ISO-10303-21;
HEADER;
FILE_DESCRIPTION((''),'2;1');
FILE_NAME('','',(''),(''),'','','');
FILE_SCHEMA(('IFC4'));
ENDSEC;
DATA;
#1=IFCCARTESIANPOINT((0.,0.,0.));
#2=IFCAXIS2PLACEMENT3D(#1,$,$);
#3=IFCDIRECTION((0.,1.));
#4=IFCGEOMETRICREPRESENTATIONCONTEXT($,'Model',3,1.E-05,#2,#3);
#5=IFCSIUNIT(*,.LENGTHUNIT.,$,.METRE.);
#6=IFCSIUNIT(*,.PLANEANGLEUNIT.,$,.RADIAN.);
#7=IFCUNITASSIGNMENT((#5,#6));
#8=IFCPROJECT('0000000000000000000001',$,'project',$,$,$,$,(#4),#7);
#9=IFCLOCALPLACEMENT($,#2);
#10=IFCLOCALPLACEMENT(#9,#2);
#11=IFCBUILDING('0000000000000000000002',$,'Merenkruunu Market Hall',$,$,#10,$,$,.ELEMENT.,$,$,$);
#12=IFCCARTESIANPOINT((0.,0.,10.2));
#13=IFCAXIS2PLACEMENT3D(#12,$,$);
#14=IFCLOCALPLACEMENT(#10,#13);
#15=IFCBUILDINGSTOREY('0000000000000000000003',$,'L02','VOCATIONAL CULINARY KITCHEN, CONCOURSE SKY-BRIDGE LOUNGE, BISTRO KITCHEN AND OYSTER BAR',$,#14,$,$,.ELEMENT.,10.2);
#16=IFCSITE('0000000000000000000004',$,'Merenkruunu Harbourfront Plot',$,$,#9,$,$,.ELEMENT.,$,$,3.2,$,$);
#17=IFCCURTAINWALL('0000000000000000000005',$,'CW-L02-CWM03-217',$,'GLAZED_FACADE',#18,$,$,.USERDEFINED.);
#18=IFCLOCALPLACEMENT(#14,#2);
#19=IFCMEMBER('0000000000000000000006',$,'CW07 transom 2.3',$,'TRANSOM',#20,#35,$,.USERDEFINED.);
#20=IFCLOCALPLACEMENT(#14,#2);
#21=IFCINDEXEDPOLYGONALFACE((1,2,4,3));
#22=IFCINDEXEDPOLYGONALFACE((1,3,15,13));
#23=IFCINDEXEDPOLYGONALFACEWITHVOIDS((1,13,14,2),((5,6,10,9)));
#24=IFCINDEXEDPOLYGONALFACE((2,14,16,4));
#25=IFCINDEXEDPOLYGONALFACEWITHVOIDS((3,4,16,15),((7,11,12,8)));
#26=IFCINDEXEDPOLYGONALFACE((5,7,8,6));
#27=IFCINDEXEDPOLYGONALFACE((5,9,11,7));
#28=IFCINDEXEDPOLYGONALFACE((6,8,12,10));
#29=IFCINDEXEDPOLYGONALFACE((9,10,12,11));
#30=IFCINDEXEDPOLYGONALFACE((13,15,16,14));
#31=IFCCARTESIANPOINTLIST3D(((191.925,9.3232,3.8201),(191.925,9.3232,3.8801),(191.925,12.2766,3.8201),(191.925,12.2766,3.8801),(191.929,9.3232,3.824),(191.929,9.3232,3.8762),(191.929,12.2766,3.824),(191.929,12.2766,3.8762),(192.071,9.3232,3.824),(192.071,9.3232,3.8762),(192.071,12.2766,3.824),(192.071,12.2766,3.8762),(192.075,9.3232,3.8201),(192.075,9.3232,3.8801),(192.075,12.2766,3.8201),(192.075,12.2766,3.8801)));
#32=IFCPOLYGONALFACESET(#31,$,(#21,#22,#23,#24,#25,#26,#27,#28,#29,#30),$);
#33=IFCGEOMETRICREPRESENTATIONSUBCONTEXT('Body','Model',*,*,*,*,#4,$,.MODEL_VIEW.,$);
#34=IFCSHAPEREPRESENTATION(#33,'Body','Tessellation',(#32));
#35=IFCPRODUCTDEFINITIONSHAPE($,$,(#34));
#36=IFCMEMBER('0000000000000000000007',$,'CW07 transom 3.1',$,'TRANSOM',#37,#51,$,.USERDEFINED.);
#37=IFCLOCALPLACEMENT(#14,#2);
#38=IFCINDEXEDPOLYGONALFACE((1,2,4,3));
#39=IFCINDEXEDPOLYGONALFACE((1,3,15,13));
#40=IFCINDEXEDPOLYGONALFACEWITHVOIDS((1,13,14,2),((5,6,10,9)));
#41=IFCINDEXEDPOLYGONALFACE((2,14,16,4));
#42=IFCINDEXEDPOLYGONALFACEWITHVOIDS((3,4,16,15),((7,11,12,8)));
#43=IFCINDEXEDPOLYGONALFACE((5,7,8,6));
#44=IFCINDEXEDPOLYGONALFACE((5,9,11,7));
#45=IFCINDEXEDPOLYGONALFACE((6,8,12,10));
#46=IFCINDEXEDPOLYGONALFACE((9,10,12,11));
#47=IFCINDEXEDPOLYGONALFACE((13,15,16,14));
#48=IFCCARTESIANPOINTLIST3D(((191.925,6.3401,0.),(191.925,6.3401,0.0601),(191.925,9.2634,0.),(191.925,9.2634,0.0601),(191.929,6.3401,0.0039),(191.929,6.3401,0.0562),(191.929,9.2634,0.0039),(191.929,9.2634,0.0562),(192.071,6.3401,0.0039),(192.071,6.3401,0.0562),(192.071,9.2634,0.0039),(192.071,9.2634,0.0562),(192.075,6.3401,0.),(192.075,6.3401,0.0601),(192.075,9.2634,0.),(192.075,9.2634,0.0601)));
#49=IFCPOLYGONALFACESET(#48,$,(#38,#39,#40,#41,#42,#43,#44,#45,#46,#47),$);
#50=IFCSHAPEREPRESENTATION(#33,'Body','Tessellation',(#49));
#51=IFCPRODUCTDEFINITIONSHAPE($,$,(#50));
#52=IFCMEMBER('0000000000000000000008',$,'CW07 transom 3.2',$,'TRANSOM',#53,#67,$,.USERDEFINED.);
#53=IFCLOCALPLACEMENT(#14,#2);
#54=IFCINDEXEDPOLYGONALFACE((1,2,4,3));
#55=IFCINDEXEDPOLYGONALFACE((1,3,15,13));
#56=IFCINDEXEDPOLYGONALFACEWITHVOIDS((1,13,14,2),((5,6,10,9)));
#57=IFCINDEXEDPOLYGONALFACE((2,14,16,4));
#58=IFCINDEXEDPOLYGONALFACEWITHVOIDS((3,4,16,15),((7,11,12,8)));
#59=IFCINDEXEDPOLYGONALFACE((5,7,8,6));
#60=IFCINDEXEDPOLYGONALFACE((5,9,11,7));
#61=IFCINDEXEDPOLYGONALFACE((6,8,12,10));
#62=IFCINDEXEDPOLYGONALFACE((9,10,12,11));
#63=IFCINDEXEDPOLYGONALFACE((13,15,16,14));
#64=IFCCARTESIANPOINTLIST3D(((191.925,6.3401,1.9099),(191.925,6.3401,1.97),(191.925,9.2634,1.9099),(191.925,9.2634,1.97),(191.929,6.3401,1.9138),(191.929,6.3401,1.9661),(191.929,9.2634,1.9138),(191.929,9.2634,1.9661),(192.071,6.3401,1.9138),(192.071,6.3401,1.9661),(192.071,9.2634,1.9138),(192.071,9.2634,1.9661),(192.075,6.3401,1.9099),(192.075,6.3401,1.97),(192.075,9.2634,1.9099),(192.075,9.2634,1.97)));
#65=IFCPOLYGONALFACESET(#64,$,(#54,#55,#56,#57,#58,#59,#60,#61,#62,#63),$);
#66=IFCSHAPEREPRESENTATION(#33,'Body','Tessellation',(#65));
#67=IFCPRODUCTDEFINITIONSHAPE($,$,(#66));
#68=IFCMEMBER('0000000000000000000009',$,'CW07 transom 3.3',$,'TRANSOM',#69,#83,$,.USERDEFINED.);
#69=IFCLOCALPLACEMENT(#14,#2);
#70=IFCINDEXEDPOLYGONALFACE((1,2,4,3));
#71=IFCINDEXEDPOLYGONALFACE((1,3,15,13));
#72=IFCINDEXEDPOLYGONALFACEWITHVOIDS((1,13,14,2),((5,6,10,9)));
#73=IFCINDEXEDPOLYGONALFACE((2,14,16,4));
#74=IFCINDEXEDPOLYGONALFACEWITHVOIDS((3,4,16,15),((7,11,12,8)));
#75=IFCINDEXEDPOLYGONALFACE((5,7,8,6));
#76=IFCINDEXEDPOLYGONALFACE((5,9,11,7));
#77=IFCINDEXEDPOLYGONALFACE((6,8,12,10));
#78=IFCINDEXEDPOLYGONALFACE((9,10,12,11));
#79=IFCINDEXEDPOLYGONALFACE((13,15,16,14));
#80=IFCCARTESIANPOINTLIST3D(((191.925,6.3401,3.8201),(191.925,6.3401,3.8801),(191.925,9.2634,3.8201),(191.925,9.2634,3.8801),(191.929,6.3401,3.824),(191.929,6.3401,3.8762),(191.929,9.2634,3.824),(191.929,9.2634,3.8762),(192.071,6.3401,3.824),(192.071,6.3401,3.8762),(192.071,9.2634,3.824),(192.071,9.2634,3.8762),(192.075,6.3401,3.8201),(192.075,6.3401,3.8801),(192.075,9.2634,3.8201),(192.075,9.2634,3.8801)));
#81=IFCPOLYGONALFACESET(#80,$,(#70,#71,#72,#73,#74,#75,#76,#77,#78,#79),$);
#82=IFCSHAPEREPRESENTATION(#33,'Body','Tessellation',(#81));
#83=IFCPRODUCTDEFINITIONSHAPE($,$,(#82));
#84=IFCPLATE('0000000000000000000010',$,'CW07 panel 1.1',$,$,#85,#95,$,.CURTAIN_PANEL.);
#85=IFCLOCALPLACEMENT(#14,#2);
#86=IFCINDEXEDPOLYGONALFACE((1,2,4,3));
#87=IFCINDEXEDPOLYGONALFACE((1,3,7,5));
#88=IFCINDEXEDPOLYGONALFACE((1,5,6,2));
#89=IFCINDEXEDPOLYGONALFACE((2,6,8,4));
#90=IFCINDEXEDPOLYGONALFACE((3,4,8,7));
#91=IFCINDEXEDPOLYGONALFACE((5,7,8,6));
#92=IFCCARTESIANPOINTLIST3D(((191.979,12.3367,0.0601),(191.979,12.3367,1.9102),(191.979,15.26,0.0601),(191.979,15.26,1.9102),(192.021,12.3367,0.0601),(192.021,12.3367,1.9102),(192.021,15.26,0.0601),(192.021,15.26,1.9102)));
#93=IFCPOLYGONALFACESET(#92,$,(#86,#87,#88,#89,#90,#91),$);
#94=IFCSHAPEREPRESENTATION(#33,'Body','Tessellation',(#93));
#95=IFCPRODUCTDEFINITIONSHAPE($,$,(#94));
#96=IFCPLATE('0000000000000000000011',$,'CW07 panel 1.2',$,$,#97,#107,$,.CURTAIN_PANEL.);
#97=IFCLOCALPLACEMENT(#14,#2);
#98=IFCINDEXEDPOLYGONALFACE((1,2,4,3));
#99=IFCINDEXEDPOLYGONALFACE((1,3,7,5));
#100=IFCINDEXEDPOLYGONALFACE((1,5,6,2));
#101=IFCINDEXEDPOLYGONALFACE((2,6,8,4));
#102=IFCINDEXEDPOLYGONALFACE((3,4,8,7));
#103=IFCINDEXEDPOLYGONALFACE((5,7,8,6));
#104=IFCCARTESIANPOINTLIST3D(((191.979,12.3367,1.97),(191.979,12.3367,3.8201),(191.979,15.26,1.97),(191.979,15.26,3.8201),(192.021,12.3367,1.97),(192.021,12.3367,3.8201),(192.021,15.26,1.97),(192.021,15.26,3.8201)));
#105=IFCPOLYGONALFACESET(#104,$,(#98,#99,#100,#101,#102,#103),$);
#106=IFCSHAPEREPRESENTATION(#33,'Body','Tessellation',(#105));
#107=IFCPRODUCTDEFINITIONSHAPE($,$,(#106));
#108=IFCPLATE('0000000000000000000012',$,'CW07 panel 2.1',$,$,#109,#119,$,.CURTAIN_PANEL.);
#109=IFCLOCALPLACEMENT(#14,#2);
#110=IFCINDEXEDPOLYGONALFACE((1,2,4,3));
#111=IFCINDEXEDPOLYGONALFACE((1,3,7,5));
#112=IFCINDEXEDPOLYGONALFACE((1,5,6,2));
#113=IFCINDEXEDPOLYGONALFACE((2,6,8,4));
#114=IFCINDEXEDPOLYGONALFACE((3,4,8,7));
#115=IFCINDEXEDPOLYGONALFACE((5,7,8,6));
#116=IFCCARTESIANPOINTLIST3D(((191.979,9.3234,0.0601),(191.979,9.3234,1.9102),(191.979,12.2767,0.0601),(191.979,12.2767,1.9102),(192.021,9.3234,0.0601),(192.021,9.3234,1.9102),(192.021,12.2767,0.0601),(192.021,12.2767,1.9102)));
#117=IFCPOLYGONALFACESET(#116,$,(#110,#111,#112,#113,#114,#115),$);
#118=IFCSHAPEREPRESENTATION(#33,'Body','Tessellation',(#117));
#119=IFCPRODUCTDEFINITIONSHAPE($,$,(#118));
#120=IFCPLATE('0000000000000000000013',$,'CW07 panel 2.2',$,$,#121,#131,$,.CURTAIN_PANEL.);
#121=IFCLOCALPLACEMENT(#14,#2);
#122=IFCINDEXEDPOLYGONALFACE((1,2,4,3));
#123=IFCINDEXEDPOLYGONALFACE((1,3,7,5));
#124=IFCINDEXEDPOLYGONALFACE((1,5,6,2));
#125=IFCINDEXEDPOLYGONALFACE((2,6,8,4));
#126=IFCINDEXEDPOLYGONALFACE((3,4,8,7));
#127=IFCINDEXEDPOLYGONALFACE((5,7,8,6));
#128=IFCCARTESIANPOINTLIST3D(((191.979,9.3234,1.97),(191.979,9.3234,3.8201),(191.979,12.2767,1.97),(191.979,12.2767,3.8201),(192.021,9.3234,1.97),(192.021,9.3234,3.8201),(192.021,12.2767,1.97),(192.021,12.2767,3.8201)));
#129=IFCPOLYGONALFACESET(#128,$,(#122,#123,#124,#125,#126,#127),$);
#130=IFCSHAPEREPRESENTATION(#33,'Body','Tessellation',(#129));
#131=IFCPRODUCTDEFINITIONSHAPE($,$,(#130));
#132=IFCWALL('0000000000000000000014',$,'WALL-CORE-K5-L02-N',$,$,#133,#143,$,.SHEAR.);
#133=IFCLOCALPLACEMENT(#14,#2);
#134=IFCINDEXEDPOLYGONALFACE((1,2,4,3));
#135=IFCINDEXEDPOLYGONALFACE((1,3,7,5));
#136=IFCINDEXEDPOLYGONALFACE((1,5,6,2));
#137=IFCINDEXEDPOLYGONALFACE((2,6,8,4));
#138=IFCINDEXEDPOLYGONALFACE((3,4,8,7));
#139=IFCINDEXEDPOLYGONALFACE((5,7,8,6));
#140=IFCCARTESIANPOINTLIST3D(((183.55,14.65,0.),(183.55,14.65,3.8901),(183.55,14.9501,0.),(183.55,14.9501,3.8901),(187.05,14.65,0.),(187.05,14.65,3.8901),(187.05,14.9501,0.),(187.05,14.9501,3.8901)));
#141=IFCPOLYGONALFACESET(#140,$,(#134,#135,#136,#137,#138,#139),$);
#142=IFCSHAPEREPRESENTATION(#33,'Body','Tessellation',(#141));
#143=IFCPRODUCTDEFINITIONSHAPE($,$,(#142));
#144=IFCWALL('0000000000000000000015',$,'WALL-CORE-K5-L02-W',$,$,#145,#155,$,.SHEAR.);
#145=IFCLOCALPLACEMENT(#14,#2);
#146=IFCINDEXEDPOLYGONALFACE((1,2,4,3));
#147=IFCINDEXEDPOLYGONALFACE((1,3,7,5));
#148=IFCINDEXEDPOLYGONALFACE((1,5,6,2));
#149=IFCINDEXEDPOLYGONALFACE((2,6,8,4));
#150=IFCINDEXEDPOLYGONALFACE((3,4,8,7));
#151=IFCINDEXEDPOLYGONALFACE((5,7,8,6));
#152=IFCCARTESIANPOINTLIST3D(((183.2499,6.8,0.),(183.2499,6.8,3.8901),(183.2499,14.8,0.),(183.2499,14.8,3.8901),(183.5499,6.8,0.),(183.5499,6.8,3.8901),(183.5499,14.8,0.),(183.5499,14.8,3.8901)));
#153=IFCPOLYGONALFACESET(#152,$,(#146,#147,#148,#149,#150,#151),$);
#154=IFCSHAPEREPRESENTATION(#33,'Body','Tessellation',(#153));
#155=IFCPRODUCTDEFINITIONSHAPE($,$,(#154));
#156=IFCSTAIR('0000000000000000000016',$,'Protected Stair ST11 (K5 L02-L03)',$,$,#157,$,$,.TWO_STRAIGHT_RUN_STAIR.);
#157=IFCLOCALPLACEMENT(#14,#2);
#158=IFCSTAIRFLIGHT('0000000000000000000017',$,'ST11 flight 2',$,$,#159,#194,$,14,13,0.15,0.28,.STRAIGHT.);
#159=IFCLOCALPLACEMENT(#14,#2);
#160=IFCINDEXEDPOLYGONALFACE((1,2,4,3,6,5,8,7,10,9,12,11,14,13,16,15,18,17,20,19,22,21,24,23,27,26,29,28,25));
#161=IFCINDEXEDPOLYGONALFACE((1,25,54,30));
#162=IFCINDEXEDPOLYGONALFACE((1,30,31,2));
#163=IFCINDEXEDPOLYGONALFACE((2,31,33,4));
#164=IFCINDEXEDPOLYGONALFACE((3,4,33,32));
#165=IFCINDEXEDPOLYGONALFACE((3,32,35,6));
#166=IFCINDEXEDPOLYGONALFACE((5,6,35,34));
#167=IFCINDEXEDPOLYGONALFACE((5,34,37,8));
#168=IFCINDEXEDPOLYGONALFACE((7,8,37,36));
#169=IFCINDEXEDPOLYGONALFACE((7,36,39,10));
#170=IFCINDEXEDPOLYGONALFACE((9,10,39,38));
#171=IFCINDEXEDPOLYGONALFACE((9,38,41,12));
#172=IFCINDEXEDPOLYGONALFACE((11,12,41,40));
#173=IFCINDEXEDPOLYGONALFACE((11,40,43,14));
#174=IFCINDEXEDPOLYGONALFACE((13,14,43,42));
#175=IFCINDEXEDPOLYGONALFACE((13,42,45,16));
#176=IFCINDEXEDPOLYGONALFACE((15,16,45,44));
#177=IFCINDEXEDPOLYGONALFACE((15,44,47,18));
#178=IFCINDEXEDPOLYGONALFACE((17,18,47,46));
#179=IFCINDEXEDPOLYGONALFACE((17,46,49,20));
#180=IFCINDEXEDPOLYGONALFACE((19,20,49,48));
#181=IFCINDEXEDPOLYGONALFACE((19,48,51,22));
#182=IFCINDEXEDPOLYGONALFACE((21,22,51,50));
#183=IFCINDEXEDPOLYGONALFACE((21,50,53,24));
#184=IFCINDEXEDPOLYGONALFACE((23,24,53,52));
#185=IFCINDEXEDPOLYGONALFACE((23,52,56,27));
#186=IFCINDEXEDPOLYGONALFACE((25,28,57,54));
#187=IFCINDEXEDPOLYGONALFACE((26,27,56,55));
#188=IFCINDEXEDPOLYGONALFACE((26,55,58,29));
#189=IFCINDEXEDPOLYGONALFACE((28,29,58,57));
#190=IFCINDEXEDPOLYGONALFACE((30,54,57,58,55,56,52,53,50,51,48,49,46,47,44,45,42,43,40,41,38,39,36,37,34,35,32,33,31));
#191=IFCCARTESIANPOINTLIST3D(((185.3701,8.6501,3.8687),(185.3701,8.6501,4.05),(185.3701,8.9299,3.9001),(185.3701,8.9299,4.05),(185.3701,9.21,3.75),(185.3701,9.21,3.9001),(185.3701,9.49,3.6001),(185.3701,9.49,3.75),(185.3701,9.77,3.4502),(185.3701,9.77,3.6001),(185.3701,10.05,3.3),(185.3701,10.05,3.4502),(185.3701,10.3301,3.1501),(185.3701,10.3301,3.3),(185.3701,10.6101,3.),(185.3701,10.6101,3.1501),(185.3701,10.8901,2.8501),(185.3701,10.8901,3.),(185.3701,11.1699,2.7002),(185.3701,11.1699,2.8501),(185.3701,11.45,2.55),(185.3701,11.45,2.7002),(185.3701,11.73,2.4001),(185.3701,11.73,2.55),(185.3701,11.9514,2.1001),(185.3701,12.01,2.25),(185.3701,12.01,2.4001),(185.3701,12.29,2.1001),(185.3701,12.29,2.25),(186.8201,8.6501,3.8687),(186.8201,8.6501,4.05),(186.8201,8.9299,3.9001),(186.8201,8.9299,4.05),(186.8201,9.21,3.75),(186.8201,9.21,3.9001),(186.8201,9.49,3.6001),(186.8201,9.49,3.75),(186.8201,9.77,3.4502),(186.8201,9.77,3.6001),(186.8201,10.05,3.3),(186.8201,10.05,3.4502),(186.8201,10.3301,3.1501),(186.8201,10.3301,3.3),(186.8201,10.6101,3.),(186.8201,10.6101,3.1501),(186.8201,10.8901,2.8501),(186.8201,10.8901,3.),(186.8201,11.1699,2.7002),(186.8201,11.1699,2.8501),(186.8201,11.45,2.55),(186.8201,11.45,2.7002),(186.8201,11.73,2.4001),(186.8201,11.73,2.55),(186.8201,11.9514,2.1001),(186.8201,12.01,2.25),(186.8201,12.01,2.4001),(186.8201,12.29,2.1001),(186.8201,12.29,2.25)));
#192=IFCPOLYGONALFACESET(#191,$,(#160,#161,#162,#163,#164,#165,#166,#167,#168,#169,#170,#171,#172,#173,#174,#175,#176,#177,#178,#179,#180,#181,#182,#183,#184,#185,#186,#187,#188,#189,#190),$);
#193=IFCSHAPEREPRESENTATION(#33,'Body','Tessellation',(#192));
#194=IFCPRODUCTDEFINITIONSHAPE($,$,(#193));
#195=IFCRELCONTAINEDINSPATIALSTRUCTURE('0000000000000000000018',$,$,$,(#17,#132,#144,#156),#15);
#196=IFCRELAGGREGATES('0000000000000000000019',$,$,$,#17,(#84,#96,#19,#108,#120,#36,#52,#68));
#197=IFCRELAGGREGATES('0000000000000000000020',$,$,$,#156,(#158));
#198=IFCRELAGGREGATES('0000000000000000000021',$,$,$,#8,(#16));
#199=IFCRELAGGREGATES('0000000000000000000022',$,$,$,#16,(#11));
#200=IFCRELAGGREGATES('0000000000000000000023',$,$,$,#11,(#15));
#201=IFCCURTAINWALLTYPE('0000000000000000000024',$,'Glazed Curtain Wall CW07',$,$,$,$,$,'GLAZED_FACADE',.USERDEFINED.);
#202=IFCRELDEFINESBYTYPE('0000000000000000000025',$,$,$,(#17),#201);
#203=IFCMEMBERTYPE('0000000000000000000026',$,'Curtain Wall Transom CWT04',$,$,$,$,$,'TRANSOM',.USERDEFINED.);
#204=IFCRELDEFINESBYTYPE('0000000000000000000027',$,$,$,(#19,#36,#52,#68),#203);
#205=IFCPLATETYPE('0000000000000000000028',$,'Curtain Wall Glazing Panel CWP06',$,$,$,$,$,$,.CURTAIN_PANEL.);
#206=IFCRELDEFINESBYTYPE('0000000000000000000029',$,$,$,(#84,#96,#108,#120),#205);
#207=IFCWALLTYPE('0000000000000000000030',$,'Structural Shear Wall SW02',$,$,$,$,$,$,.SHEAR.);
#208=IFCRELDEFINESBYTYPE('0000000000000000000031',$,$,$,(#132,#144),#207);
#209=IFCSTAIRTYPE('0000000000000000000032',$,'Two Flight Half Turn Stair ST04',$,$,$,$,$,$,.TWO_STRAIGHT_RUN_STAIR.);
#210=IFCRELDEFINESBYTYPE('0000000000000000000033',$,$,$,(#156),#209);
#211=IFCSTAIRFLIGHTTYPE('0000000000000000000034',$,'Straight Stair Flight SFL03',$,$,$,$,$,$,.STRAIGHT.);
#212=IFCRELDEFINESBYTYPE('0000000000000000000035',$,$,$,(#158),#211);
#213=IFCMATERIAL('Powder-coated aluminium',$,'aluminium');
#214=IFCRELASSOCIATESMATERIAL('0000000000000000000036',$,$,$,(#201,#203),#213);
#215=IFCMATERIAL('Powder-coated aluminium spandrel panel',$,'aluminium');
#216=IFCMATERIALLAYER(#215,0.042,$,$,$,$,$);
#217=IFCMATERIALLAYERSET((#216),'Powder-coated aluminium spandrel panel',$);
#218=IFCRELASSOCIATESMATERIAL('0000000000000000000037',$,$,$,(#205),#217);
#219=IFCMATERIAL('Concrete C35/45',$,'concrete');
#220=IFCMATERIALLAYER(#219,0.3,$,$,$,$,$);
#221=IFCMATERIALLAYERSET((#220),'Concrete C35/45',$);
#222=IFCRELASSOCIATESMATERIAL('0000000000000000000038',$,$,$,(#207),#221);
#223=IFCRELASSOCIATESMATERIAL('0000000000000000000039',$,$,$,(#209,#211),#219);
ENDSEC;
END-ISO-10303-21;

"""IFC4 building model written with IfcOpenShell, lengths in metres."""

from ifc_helpers import new_model, si_unit, direction, frame, frame_2d, origin, origin_2d, place, context, subcontext, project, spatial, polyline, rectangle, hollow_rectangle, outline, extrude, material, layer, layer_set, material_profile, profile_set, type_object, element, aggregate, save


model = new_model("IFC4")

# Units and contexts
model_context = context("Model", 3, precision=1e-05, world=origin(), true_north=direction((0.0, 1.0)))
body_context = subcontext(model_context, "Body", "Model", "MODEL_VIEW")
ifc_project = project(units=[si_unit("LENGTHUNIT", "METRE"), si_unit("PLANEANGLEUNIT", "RADIAN")], contexts=[model_context])

# Site, building, storey
site_placement = place(None, origin())
site = spatial("IfcSite", under=ifc_project, at=site_placement, Name="Merenkruunu Harbourfront Plot", CompositionType="ELEMENT", RefElevation=3.2)
building_placement = place(site_placement, origin())
building = spatial("IfcBuilding", under=site, at=building_placement, Name="Merenkruunu Market Hall", CompositionType="ELEMENT")
storey_placement = place(building_placement, frame((0.0, 0.0, 10.2)))
storey = spatial("IfcBuildingStorey", under=building, at=storey_placement, Name="L02", Description="VOCATIONAL CULINARY KITCHEN, CONCOURSE SKY-BRIDGE LOUNGE, BISTRO KITCHEN AND OYSTER BAR", CompositionType="ELEMENT", Elevation=10.2)

# Curtain wall, members, plates
ifc_material_1 = material(Name="Powder-coated aluminium", Category="aluminium")
curtain_wall_type = type_object("IfcCurtainWallType", Name="Glazed Curtain Wall CW07", ElementType="GLAZED_FACADE", PredefinedType="USERDEFINED", material=ifc_material_1)
curtain_wall_placement = place(storey_placement, origin())
curtain_wall = element("IfcCurtainWall", 1, at=curtain_wall_placement, inside=storey, type_object=curtain_wall_type, Name="CW-L02-CWM03-217", ObjectType="GLAZED_FACADE", PredefinedType="USERDEFINED")
ifc_material_profile_1 = material_profile(ifc_material_1, hollow_rectangle(XDim=0.0601, YDim=0.1499, WallThickness=0.0039, at=origin_2d()), Name="ALU 60x150x4")
ifc_profile_set_1 = profile_set([ifc_material_profile_1], Name="Powder-coated aluminium")
member_type_1 = type_object("IfcMemberType", Name="Curtain Wall Transom CWT04", ElementType="TRANSOM", PredefinedType="USERDEFINED", material=ifc_profile_set_1)
member_1_placement = place(storey_placement, frame((192.0, 12.2766, 3.8501), z_axis=(0.0, -1.0, 0.0), x_axis=(0.0, 0.0, 1.0)))
member_1 = element("IfcMember", 2, at=member_1_placement, type_object=member_type_1, Name="CW07 transom 2.3", ObjectType="TRANSOM", PredefinedType="USERDEFINED", context=body_context, shape_type="SweptSolid", body=[
    extrude(hollow_rectangle(XDim=0.0601, YDim=0.1499, WallThickness=0.0039, at=origin_2d()), origin(), (0.0, 0.0, 1.0), 2.9534),
])
member_2_placement = place(storey_placement, frame((192.0, 9.2634, 0.03), z_axis=(0.0, -1.0, 0.0), x_axis=(0.0, 0.0, 1.0)))
member_2 = element("IfcMember", 3, at=member_2_placement, type_object=member_type_1, Name="CW07 transom 3.1", ObjectType="TRANSOM", PredefinedType="USERDEFINED", context=body_context, shape_type="SweptSolid", body=[
    extrude(hollow_rectangle(XDim=0.0601, YDim=0.1499, WallThickness=0.0039, at=origin_2d()), origin(), (0.0, 0.0, 1.0), 2.9233),
])
member_3_placement = place(storey_placement, frame((192.0, 9.2634, 1.9399), z_axis=(0.0, -1.0, 0.0), x_axis=(0.0, 0.0, 1.0)))
member_3 = element("IfcMember", 4, at=member_3_placement, type_object=member_type_1, Name="CW07 transom 3.2", ObjectType="TRANSOM", PredefinedType="USERDEFINED", context=body_context, shape_type="SweptSolid", body=[
    extrude(hollow_rectangle(XDim=0.0601, YDim=0.1499, WallThickness=0.0039, at=origin_2d()), origin(), (0.0, 0.0, 1.0), 2.9233),
])
member_4_placement = place(storey_placement, frame((192.0, 9.2634, 3.8501), z_axis=(0.0, -1.0, 0.0), x_axis=(0.0, 0.0, 1.0)))
member_4 = element("IfcMember", 5, at=member_4_placement, type_object=member_type_1, Name="CW07 transom 3.3", ObjectType="TRANSOM", PredefinedType="USERDEFINED", context=body_context, shape_type="SweptSolid", body=[
    extrude(hollow_rectangle(XDim=0.0601, YDim=0.1499, WallThickness=0.0039, at=origin_2d()), origin(), (0.0, 0.0, 1.0), 2.9233),
])
ifc_material_2 = material(Name="Powder-coated aluminium spandrel panel", Category="aluminium")
ifc_layer_1 = layer(ifc_material_2, 0.042)
ifc_layer_set_1 = layer_set([ifc_layer_1], Name="Powder-coated aluminium spandrel panel")
plate_type = type_object("IfcPlateType", Name="Curtain Wall Glazing Panel CWP06", PredefinedType="CURTAIN_PANEL", material=ifc_layer_set_1)
plate_1_placement = place(storey_placement, frame((192.0, 13.7983, 0.0601), z_axis=(0.0, 0.0, 1.0), x_axis=(0.0, -1.0, 0.0)))
plate_1 = element("IfcPlate", 6, at=plate_1_placement, type_object=plate_type, Name="CW07 panel 1.1", PredefinedType="CURTAIN_PANEL", context=body_context, shape_type="SweptSolid", body=[
    extrude(rectangle(XDim=2.9233, YDim=0.042, at=origin_2d()), origin(), (0.0, 0.0, 1.0), 1.8501),
])
plate_2_placement = place(storey_placement, frame((192.0, 13.7983, 1.97), z_axis=(0.0, 0.0, 1.0), x_axis=(0.0, -1.0, 0.0)))
plate_2 = element("IfcPlate", 7, at=plate_2_placement, type_object=plate_type, Name="CW07 panel 1.2", PredefinedType="CURTAIN_PANEL", context=body_context, shape_type="SweptSolid", body=[
    extrude(rectangle(XDim=2.9233, YDim=0.042, at=origin_2d()), origin(), (0.0, 0.0, 1.0), 1.8501),
])
plate_3_placement = place(storey_placement, frame((192.0, 10.8, 0.0601), z_axis=(0.0, 0.0, 1.0), x_axis=(0.0, -1.0, 0.0)))
plate_3 = element("IfcPlate", 8, at=plate_3_placement, type_object=plate_type, Name="CW07 panel 2.1", PredefinedType="CURTAIN_PANEL", context=body_context, shape_type="SweptSolid", body=[
    extrude(rectangle(XDim=2.9534, YDim=0.042, at=origin_2d()), origin(), (0.0, 0.0, 1.0), 1.8501),
])
plate_4_placement = place(storey_placement, frame((192.0, 10.8, 1.97), z_axis=(0.0, 0.0, 1.0), x_axis=(0.0, -1.0, 0.0)))
plate_4 = element("IfcPlate", 9, at=plate_4_placement, type_object=plate_type, Name="CW07 panel 2.2", PredefinedType="CURTAIN_PANEL", context=body_context, shape_type="SweptSolid", body=[
    extrude(rectangle(XDim=2.9534, YDim=0.042, at=origin_2d()), origin(), (0.0, 0.0, 1.0), 1.8501),
])
aggregate(curtain_wall, [plate_1, plate_2, member_1, plate_3, plate_4, member_2, member_3, member_4])

# Walls
ifc_material_3 = material(Name="Concrete C35/45", Category="concrete")
ifc_layer_2 = layer(ifc_material_3, 0.3)
ifc_layer_set_2 = layer_set([ifc_layer_2], Name="Concrete C35/45")
wall_type = type_object("IfcWallType", Name="Structural Shear Wall SW02", PredefinedType="SHEAR", material=ifc_layer_set_2)
wall_1_placement = place(storey_placement, frame((187.05, 14.8, 0.0), z_axis=(0.0, 0.0, 1.0), x_axis=(-1.0, 0.0, 0.0)))
element("IfcWall", 10, at=wall_1_placement, inside=storey, type_object=wall_type, Name="WALL-CORE-K5-L02-N", PredefinedType="SHEAR", context=body_context, shape_type="SweptSolid", body=[
    extrude(rectangle(XDim=3.5, YDim=0.3, at=frame_2d((1.75, 0.0))), origin(), (0.0, 0.0, 1.0), 3.8901),
])
wall_2_placement = place(storey_placement, frame((183.3999, 14.8, 0.0), z_axis=(0.0, 0.0, 1.0), x_axis=(0.0, -1.0, 0.0)))
element("IfcWall", 11, at=wall_2_placement, inside=storey, type_object=wall_type, Name="WALL-CORE-K5-L02-W", PredefinedType="SHEAR", context=body_context, shape_type="SweptSolid", body=[
    extrude(rectangle(XDim=8.0, YDim=0.3, at=frame_2d((4.0, 0.0))), origin(), (0.0, 0.0, 1.0), 3.8901),
])

# Stair, stair flight
stair_type = type_object("IfcStairType", Name="Two Flight Half Turn Stair ST04", PredefinedType="TWO_STRAIGHT_RUN_STAIR", material=ifc_material_3)
stair_placement = place(storey_placement, origin())
stair = element("IfcStair", 12, at=stair_placement, inside=storey, type_object=stair_type, Name="Protected Stair ST11 (K5 L02-L03)", PredefinedType="TWO_STRAIGHT_RUN_STAIR")
stair_flight_type = type_object("IfcStairFlightType", Name="Straight Stair Flight SFL03", PredefinedType="STRAIGHT", material=ifc_material_3)
stair_flight_placement = place(storey_placement, frame((186.095, 12.29, 2.1001), z_axis=(0.0, 0.0, 1.0), x_axis=(0.0, -1.0, 0.0)))
stair_flight = element("IfcStairFlight", 13, at=stair_flight_placement, type_object=stair_flight_type, Name="ST11 flight 2", NumberOfRisers=14, NumberOfTreads=13, PredefinedType="STRAIGHT", RiserHeight=0.15, TreadLength=0.28, context=body_context, shape_type="SweptSolid", body=[
    extrude(outline(polyline([(0.0, 0.0), (0.0, 0.1499), (0.28, 0.1499), (0.28, 0.3), (0.5601, 0.3), (0.5601, 0.45), (0.8401, 0.45), (0.8401, 0.6001), (1.1201, 0.6001), (1.1201, 0.75), (1.3999, 0.75), (1.3999, 0.8999), (1.6799, 0.8999), (1.6799, 1.05), (1.96, 1.05), (1.96, 1.2), (2.24, 1.2), (2.24, 1.3501), (2.52, 1.3501), (2.52, 1.5), (2.8, 1.5), (2.8, 1.6499), (3.0801, 1.6499), (3.0801, 1.8), (3.3601, 1.8), (3.3601, 1.95), (3.6399, 1.95), (3.6399, 2.1001), (3.6399, 1.7686), (0.3386, 0.0), (0.0, 0.0)])), frame((0.0, 0.7251, 0.0), z_axis=(0.0, -1.0, 0.0), x_axis=(1.0, 0.0, 0.0)), (0.0, 0.0, 1.0), 1.45),
])
aggregate(stair, [stair_flight])

save(model, "model.ifc")
